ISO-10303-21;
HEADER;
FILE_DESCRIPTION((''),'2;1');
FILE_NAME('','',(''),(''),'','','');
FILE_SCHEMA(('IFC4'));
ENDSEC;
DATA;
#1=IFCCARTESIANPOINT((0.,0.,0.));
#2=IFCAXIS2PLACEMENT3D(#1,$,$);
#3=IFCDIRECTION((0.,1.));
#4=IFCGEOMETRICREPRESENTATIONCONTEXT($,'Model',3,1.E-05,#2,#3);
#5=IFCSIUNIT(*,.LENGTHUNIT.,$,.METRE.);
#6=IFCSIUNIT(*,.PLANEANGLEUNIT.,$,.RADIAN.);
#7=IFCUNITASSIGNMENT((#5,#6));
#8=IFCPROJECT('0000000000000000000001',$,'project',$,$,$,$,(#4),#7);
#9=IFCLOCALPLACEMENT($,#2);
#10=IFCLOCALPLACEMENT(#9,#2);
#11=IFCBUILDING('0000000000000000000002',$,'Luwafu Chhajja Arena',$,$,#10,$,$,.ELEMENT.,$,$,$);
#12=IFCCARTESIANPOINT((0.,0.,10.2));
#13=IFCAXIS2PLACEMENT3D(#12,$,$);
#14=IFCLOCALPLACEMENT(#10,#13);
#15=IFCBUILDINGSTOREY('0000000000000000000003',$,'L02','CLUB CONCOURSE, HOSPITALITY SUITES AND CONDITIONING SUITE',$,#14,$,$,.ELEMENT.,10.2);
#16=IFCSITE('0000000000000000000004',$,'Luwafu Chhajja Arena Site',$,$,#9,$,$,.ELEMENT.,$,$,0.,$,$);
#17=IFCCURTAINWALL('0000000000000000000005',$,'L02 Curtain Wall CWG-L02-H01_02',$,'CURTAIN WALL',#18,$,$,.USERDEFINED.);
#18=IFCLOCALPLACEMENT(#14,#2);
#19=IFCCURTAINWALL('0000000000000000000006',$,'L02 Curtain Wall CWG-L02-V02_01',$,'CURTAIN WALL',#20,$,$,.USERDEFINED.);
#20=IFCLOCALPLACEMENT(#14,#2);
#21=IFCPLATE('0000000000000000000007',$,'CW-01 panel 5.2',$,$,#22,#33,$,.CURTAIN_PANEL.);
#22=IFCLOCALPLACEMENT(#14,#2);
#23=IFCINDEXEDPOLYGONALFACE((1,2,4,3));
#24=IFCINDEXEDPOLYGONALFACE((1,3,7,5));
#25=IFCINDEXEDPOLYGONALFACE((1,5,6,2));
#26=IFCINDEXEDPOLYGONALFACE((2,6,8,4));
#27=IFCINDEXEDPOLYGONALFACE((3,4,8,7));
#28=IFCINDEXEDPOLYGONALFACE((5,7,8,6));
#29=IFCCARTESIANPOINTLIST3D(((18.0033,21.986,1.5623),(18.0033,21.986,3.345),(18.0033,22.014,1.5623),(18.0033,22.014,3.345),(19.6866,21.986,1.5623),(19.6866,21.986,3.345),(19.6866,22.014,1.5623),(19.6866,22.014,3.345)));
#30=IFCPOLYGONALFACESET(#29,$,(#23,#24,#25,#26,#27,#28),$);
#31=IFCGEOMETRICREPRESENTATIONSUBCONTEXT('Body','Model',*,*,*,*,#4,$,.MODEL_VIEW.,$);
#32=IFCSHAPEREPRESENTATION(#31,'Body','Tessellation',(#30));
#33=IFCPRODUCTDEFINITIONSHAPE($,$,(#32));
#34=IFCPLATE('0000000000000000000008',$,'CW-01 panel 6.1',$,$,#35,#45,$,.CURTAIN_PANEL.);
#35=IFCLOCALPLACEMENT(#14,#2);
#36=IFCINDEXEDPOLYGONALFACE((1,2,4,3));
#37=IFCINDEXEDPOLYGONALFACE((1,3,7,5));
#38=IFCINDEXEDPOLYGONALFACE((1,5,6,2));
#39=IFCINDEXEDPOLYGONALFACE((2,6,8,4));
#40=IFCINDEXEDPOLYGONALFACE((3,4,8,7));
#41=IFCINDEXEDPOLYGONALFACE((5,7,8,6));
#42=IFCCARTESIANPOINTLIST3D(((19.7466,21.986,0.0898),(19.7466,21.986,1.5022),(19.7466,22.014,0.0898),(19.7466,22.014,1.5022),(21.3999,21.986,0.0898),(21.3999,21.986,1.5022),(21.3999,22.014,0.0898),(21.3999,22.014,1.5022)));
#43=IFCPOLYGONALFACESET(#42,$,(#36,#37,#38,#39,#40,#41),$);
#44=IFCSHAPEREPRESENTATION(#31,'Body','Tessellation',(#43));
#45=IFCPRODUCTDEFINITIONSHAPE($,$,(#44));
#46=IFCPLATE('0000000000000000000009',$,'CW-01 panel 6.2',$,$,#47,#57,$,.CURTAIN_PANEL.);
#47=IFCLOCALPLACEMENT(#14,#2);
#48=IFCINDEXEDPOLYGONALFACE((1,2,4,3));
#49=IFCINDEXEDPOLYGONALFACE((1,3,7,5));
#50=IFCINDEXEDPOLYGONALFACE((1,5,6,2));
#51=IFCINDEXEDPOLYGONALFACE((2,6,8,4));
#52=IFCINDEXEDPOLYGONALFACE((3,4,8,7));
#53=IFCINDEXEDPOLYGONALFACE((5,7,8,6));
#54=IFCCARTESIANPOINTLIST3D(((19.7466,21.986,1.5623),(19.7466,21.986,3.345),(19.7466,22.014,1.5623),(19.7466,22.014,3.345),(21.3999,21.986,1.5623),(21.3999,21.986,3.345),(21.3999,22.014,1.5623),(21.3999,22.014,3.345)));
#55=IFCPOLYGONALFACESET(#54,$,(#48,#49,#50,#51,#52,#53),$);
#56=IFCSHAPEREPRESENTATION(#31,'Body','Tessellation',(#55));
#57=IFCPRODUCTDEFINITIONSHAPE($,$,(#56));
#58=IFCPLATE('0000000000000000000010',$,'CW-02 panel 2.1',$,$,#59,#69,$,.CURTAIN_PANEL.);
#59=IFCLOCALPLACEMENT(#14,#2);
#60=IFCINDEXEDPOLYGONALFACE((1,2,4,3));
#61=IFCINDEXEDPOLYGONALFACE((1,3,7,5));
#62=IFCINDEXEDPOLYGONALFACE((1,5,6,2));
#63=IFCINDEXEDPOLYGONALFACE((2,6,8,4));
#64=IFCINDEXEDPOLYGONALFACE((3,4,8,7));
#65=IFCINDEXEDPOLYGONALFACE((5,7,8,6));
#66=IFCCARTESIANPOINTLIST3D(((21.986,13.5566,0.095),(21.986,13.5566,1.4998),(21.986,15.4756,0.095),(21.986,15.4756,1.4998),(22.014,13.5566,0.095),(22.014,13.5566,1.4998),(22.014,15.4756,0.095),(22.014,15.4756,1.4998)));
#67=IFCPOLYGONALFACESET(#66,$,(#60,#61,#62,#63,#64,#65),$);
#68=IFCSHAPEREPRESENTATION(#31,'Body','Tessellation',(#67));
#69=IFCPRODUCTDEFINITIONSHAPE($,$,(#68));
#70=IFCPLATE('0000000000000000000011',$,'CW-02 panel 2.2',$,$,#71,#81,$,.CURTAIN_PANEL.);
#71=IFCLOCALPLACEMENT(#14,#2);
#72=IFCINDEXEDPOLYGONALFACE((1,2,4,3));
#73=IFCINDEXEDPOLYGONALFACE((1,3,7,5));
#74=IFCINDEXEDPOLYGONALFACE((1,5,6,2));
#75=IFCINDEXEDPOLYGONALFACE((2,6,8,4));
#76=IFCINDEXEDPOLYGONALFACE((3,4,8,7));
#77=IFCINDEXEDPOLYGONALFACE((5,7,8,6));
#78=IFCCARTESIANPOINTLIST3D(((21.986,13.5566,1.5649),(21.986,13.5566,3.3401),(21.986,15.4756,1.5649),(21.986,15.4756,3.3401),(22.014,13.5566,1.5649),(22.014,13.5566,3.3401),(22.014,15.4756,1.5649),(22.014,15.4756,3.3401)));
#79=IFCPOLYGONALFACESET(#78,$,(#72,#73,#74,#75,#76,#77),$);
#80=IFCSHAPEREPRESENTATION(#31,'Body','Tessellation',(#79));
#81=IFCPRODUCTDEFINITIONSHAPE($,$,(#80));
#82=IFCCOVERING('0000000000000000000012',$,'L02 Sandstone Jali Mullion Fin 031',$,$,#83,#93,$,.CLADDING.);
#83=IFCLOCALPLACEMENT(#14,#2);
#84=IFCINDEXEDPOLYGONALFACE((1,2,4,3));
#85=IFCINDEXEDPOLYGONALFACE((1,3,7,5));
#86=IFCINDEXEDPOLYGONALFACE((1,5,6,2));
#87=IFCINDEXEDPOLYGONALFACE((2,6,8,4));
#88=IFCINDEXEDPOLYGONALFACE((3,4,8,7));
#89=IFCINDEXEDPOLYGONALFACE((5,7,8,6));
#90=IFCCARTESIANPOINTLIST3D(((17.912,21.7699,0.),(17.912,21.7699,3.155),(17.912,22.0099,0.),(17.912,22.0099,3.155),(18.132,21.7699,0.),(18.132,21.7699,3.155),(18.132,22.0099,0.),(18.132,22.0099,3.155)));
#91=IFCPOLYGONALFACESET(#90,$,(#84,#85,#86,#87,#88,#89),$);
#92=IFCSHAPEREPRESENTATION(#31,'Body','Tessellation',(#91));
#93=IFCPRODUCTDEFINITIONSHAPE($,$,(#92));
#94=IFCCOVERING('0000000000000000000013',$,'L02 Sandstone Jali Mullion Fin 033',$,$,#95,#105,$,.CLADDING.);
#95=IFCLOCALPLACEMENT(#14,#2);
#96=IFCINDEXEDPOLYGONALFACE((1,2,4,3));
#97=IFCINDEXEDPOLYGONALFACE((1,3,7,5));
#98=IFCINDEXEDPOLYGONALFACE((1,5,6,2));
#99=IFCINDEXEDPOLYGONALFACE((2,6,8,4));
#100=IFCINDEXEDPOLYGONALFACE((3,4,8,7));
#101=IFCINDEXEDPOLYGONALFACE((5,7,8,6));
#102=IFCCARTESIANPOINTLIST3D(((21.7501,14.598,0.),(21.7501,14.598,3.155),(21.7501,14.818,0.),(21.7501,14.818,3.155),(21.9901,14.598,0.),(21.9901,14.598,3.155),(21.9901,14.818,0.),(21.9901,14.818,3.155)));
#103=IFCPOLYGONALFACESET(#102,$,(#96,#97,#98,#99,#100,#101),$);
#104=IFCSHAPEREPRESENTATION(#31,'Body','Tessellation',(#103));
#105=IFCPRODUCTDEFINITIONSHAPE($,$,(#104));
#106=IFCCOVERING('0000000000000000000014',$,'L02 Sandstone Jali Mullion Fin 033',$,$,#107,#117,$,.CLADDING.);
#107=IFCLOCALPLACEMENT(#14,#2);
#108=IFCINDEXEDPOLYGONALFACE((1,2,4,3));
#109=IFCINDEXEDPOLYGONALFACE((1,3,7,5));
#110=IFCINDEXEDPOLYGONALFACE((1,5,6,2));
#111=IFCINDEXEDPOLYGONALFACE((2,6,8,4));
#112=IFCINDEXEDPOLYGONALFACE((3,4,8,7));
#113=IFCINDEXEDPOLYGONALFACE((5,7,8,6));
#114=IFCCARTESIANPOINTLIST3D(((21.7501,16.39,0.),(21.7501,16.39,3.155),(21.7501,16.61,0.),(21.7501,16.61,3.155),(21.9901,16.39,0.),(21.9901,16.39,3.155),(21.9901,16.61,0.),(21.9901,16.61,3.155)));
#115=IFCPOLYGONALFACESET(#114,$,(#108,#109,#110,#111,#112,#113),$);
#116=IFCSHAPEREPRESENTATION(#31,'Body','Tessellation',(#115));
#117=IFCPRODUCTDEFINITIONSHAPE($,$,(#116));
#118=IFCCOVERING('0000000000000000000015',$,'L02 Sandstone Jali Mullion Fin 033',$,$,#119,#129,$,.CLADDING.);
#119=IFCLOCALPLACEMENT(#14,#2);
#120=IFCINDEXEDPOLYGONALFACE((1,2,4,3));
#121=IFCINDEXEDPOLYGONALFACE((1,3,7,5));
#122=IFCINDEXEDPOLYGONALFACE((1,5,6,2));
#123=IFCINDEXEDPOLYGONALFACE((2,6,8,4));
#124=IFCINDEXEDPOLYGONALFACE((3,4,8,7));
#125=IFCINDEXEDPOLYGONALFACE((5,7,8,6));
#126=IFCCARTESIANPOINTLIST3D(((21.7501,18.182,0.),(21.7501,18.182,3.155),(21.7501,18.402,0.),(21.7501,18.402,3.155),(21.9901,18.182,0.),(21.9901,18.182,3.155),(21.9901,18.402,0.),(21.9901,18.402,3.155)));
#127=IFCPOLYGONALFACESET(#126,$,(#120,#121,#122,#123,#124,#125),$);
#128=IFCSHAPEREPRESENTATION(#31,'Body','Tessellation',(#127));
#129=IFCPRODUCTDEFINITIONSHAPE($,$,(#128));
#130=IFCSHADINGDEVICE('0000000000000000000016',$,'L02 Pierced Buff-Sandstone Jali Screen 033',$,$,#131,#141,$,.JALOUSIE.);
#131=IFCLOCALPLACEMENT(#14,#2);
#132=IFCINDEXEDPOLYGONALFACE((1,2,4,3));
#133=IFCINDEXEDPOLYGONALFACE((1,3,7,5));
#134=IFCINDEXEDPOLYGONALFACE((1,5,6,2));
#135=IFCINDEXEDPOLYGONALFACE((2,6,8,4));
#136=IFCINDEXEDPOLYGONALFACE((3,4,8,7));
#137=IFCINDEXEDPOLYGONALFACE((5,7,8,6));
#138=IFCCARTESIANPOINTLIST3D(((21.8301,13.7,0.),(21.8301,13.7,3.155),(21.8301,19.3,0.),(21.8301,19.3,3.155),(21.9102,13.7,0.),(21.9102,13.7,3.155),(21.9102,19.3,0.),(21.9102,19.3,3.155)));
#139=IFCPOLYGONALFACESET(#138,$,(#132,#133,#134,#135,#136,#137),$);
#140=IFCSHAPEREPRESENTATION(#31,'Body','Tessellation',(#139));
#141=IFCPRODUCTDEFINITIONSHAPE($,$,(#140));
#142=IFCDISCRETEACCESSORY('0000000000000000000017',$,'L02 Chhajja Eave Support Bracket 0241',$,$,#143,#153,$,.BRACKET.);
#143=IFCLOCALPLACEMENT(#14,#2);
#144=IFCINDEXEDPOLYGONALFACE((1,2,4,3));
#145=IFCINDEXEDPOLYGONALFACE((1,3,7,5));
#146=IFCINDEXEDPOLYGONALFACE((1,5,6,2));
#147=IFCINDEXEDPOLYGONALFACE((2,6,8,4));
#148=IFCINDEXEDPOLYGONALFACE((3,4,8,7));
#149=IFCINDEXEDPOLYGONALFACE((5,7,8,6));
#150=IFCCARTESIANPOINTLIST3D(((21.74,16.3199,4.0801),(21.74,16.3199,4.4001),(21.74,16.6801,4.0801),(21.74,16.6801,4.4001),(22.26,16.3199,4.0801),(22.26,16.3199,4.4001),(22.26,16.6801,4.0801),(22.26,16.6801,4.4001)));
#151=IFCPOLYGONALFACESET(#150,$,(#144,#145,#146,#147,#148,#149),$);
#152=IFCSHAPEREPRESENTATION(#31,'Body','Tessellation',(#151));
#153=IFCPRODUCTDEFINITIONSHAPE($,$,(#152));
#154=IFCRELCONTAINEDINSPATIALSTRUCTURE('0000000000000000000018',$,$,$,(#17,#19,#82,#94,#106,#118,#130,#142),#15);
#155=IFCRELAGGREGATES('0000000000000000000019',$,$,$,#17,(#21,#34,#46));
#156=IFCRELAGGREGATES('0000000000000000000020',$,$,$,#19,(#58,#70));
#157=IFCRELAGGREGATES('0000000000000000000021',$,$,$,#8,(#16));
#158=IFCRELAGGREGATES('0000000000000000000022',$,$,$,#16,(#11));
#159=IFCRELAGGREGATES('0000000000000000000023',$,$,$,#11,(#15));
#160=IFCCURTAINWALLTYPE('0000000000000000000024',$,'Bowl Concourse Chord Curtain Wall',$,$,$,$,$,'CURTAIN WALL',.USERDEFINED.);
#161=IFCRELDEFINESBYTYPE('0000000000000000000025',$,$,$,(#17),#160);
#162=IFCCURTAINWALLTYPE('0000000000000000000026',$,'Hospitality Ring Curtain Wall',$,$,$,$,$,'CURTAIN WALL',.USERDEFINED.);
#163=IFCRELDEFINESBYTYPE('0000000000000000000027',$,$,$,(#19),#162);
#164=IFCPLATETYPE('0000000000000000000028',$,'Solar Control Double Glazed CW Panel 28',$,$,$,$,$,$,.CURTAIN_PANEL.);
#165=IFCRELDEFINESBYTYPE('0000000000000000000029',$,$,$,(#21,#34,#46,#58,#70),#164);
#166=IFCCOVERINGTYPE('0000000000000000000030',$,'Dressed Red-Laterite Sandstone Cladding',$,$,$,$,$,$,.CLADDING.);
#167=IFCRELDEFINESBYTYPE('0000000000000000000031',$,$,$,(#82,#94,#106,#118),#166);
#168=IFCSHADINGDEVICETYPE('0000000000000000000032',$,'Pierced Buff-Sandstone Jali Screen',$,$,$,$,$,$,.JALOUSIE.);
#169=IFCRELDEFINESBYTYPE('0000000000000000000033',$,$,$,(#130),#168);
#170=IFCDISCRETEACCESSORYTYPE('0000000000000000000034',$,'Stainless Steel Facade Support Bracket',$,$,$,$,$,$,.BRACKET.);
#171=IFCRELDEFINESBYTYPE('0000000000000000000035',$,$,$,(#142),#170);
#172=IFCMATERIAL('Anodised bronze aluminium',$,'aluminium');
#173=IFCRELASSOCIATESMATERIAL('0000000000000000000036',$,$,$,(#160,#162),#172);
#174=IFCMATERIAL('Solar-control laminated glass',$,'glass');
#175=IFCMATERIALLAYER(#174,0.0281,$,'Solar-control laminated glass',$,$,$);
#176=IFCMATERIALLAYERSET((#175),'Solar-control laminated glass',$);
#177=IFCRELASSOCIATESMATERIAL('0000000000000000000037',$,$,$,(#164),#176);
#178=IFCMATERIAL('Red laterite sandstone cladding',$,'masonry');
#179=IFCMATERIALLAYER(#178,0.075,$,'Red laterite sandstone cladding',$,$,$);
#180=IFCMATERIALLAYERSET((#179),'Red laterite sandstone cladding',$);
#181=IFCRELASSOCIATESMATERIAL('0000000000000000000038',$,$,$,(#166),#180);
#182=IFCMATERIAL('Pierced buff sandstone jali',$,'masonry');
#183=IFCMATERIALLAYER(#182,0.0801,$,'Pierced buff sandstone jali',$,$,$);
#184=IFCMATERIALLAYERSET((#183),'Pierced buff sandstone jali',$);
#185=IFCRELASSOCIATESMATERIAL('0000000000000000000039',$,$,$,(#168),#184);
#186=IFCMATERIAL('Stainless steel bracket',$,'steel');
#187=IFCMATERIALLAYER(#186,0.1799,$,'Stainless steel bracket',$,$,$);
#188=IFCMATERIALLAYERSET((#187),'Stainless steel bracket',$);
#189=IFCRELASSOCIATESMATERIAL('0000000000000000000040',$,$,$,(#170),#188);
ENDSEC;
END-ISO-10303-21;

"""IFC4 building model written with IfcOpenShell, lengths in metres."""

from ifc_helpers import new_model, si_unit, direction, frame, origin, origin_2d, place, context, subcontext, project, spatial, rectangle, extrude, material, layer, layer_set, type_object, element, aggregate, save


model = new_model("IFC4")

# Units and contexts
model_context = context("Model", 3, precision=1e-05, world=origin(), true_north=direction((0.0, 1.0)))
body_context = subcontext(model_context, "Body", "Model", "MODEL_VIEW")
ifc_project = project(units=[si_unit("LENGTHUNIT", "METRE"), si_unit("PLANEANGLEUNIT", "RADIAN")], contexts=[model_context])

# Site, building, storey
site_placement = place(None, origin())
site = spatial("IfcSite", under=ifc_project, at=site_placement, Name="Luwafu Chhajja Arena Site", CompositionType="ELEMENT", RefElevation=0.0)
building_placement = place(site_placement, origin())
building = spatial("IfcBuilding", under=site, at=building_placement, Name="Luwafu Chhajja Arena", CompositionType="ELEMENT")
storey_placement = place(building_placement, frame((0.0, 0.0, 10.2)))
storey = spatial("IfcBuildingStorey", under=building, at=storey_placement, Name="L02", Description="CLUB CONCOURSE, HOSPITALITY SUITES AND CONDITIONING SUITE", CompositionType="ELEMENT", Elevation=10.2)

# Curtain wall
ifc_material_1 = material(Name="Anodised bronze aluminium", Category="aluminium")
curtain_wall_type_1 = type_object("IfcCurtainWallType", Name="Bowl Concourse Chord Curtain Wall", ElementType="CURTAIN WALL", PredefinedType="USERDEFINED", material=ifc_material_1)
curtain_wall_1_placement = place(storey_placement, origin())
curtain_wall_1 = element("IfcCurtainWall", 1, at=curtain_wall_1_placement, inside=storey, type_object=curtain_wall_type_1, Name="L02 Curtain Wall CWG-L02-H01_02", ObjectType="CURTAIN WALL", PredefinedType="USERDEFINED")

# Curtain wall
curtain_wall_type_2 = type_object("IfcCurtainWallType", Name="Hospitality Ring Curtain Wall", ElementType="CURTAIN WALL", PredefinedType="USERDEFINED", material=ifc_material_1)
curtain_wall_2_placement = place(storey_placement, origin())
curtain_wall_2 = element("IfcCurtainWall", 2, at=curtain_wall_2_placement, inside=storey, type_object=curtain_wall_type_2, Name="L02 Curtain Wall CWG-L02-V02_01", ObjectType="CURTAIN WALL", PredefinedType="USERDEFINED")

# Plates
ifc_material_2 = material(Name="Solar-control laminated glass", Category="glass")
ifc_layer_1 = layer(ifc_material_2, 0.0281, Name="Solar-control laminated glass")
ifc_layer_set_1 = layer_set([ifc_layer_1], Name="Solar-control laminated glass")
plate_type = type_object("IfcPlateType", Name="Solar Control Double Glazed CW Panel 28", PredefinedType="CURTAIN_PANEL", material=ifc_layer_set_1)
plate_1_placement = place(storey_placement, frame((18.845, 22.0, 1.5623), z_axis=(0.0, 0.0, 1.0), x_axis=(1.0, 0.0, 0.0)))
plate_1 = element("IfcPlate", 3, at=plate_1_placement, type_object=plate_type, Name="CW-01 panel 5.2", PredefinedType="CURTAIN_PANEL", context=body_context, shape_type="SweptSolid", body=[
    extrude(rectangle(XDim=1.6833, YDim=0.0281, at=origin_2d()), origin(), (0.0, 0.0, 1.0), 1.7827),
])
plate_2_placement = place(storey_placement, frame((20.5732, 22.0, 0.0898), z_axis=(0.0, 0.0, 1.0), x_axis=(1.0, 0.0, 0.0)))
plate_2 = element("IfcPlate", 4, at=plate_2_placement, type_object=plate_type, Name="CW-01 panel 6.1", PredefinedType="CURTAIN_PANEL", context=body_context, shape_type="SweptSolid", body=[
    extrude(rectangle(XDim=1.6533, YDim=0.0281, at=origin_2d()), origin(), (0.0, 0.0, 1.0), 1.4124),
])
plate_3_placement = place(storey_placement, frame((20.5732, 22.0, 1.5623), z_axis=(0.0, 0.0, 1.0), x_axis=(1.0, 0.0, 0.0)))
plate_3 = element("IfcPlate", 5, at=plate_3_placement, type_object=plate_type, Name="CW-01 panel 6.2", PredefinedType="CURTAIN_PANEL", context=body_context, shape_type="SweptSolid", body=[
    extrude(rectangle(XDim=1.6533, YDim=0.0281, at=origin_2d()), origin(), (0.0, 0.0, 1.0), 1.7827),
])
aggregate(curtain_wall_1, [plate_1, plate_2, plate_3])
plate_4_placement = place(storey_placement, frame((22.0, 14.5161, 0.095), z_axis=(0.0, 0.0, 1.0), x_axis=(0.0, 1.0, 0.0)))
plate_4 = element("IfcPlate", 6, at=plate_4_placement, type_object=plate_type, Name="CW-02 panel 2.1", PredefinedType="CURTAIN_PANEL", context=body_context, shape_type="SweptSolid", body=[
    extrude(rectangle(XDim=1.9189, YDim=0.0281, at=origin_2d()), origin(), (0.0, 0.0, 1.0), 1.4048),
])
plate_5_placement = place(storey_placement, frame((22.0, 14.5161, 1.5649), z_axis=(0.0, 0.0, 1.0), x_axis=(0.0, 1.0, 0.0)))
plate_5 = element("IfcPlate", 7, at=plate_5_placement, type_object=plate_type, Name="CW-02 panel 2.2", PredefinedType="CURTAIN_PANEL", context=body_context, shape_type="SweptSolid", body=[
    extrude(rectangle(XDim=1.9189, YDim=0.0281, at=origin_2d()), origin(), (0.0, 0.0, 1.0), 1.7751),
])
aggregate(curtain_wall_2, [plate_4, plate_5])

# Coverings
ifc_material_3 = material(Name="Red laterite sandstone cladding", Category="masonry")
ifc_layer_2 = layer(ifc_material_3, 0.075, Name="Red laterite sandstone cladding")
ifc_layer_set_2 = layer_set([ifc_layer_2], Name="Red laterite sandstone cladding")
covering_type = type_object("IfcCoveringType", Name="Dressed Red-Laterite Sandstone Cladding", PredefinedType="CLADDING", material=ifc_layer_set_2)
for number, where, z_axis, x_axis, name in (
    (8, (18.022, 21.8899, 0.0), (0.0, 0.0, 1.0), (1.0, 0.0, 0.0), "L02 Sandstone Jali Mullion Fin 031"),
    (9, (21.8701, 14.708, 0.0), (0.0, 0.0, 1.0), (0.0, 1.0, 0.0), "L02 Sandstone Jali Mullion Fin 033"),
    (10, (21.8701, 16.5, 0.0), (0.0, 0.0, 1.0), (0.0, 1.0, 0.0), "L02 Sandstone Jali Mullion Fin 033"),
    (11, (21.8701, 18.292, 0.0), (0.0, 0.0, 1.0), (0.0, 1.0, 0.0), "L02 Sandstone Jali Mullion Fin 033"),
):
    element("IfcCovering", number, at=place(storey_placement, frame(where, z_axis=z_axis, x_axis=x_axis)), inside=storey, type_object=covering_type, Name=name, PredefinedType="CLADDING", context=body_context, shape_type="SweptSolid", body=[
        extrude(rectangle(XDim=0.22, YDim=0.24, at=origin_2d()), origin(), (0.0, 0.0, 1.0), 3.155),
    ])

# Shading device
ifc_material_4 = material(Name="Pierced buff sandstone jali", Category="masonry")
ifc_layer_3 = layer(ifc_material_4, 0.0801, Name="Pierced buff sandstone jali")
ifc_layer_set_3 = layer_set([ifc_layer_3], Name="Pierced buff sandstone jali")
shading_device_type = type_object("IfcShadingDeviceType", Name="Pierced Buff-Sandstone Jali Screen", PredefinedType="JALOUSIE", material=ifc_layer_set_3)
shading_device_placement = place(storey_placement, frame((21.8701, 16.5, 0.0), z_axis=(0.0, 0.0, 1.0), x_axis=(0.0, 1.0, 0.0)))
element("IfcShadingDevice", 12, at=shading_device_placement, inside=storey, type_object=shading_device_type, Name="L02 Pierced Buff-Sandstone Jali Screen 033", PredefinedType="JALOUSIE", context=body_context, shape_type="SweptSolid", body=[
    extrude(rectangle(XDim=5.6001, YDim=0.0801, at=origin_2d()), origin(), (0.0, 0.0, 1.0), 3.155),
])

# Discrete accessory
ifc_material_5 = material(Name="Stainless steel bracket", Category="steel")
ifc_layer_4 = layer(ifc_material_5, 0.1799, Name="Stainless steel bracket")
ifc_layer_set_4 = layer_set([ifc_layer_4], Name="Stainless steel bracket")
discrete_accessory_type = type_object("IfcDiscreteAccessoryType", Name="Stainless Steel Facade Support Bracket", PredefinedType="BRACKET", material=ifc_layer_set_4)
discrete_accessory_placement = place(storey_placement, frame((22.0, 16.5, 4.0801), z_axis=(0.0, 0.0, 1.0), x_axis=(0.0, 1.0, 0.0)))
element("IfcDiscreteAccessory", 13, at=discrete_accessory_placement, inside=storey, type_object=discrete_accessory_type, Name="L02 Chhajja Eave Support Bracket 0241", PredefinedType="BRACKET", context=body_context, shape_type="SweptSolid", body=[
    extrude(rectangle(XDim=0.3601, YDim=0.52, at=origin_2d()), origin(), (0.0, 0.0, 1.0), 0.3201),
])

save(model, "model.ifc")
